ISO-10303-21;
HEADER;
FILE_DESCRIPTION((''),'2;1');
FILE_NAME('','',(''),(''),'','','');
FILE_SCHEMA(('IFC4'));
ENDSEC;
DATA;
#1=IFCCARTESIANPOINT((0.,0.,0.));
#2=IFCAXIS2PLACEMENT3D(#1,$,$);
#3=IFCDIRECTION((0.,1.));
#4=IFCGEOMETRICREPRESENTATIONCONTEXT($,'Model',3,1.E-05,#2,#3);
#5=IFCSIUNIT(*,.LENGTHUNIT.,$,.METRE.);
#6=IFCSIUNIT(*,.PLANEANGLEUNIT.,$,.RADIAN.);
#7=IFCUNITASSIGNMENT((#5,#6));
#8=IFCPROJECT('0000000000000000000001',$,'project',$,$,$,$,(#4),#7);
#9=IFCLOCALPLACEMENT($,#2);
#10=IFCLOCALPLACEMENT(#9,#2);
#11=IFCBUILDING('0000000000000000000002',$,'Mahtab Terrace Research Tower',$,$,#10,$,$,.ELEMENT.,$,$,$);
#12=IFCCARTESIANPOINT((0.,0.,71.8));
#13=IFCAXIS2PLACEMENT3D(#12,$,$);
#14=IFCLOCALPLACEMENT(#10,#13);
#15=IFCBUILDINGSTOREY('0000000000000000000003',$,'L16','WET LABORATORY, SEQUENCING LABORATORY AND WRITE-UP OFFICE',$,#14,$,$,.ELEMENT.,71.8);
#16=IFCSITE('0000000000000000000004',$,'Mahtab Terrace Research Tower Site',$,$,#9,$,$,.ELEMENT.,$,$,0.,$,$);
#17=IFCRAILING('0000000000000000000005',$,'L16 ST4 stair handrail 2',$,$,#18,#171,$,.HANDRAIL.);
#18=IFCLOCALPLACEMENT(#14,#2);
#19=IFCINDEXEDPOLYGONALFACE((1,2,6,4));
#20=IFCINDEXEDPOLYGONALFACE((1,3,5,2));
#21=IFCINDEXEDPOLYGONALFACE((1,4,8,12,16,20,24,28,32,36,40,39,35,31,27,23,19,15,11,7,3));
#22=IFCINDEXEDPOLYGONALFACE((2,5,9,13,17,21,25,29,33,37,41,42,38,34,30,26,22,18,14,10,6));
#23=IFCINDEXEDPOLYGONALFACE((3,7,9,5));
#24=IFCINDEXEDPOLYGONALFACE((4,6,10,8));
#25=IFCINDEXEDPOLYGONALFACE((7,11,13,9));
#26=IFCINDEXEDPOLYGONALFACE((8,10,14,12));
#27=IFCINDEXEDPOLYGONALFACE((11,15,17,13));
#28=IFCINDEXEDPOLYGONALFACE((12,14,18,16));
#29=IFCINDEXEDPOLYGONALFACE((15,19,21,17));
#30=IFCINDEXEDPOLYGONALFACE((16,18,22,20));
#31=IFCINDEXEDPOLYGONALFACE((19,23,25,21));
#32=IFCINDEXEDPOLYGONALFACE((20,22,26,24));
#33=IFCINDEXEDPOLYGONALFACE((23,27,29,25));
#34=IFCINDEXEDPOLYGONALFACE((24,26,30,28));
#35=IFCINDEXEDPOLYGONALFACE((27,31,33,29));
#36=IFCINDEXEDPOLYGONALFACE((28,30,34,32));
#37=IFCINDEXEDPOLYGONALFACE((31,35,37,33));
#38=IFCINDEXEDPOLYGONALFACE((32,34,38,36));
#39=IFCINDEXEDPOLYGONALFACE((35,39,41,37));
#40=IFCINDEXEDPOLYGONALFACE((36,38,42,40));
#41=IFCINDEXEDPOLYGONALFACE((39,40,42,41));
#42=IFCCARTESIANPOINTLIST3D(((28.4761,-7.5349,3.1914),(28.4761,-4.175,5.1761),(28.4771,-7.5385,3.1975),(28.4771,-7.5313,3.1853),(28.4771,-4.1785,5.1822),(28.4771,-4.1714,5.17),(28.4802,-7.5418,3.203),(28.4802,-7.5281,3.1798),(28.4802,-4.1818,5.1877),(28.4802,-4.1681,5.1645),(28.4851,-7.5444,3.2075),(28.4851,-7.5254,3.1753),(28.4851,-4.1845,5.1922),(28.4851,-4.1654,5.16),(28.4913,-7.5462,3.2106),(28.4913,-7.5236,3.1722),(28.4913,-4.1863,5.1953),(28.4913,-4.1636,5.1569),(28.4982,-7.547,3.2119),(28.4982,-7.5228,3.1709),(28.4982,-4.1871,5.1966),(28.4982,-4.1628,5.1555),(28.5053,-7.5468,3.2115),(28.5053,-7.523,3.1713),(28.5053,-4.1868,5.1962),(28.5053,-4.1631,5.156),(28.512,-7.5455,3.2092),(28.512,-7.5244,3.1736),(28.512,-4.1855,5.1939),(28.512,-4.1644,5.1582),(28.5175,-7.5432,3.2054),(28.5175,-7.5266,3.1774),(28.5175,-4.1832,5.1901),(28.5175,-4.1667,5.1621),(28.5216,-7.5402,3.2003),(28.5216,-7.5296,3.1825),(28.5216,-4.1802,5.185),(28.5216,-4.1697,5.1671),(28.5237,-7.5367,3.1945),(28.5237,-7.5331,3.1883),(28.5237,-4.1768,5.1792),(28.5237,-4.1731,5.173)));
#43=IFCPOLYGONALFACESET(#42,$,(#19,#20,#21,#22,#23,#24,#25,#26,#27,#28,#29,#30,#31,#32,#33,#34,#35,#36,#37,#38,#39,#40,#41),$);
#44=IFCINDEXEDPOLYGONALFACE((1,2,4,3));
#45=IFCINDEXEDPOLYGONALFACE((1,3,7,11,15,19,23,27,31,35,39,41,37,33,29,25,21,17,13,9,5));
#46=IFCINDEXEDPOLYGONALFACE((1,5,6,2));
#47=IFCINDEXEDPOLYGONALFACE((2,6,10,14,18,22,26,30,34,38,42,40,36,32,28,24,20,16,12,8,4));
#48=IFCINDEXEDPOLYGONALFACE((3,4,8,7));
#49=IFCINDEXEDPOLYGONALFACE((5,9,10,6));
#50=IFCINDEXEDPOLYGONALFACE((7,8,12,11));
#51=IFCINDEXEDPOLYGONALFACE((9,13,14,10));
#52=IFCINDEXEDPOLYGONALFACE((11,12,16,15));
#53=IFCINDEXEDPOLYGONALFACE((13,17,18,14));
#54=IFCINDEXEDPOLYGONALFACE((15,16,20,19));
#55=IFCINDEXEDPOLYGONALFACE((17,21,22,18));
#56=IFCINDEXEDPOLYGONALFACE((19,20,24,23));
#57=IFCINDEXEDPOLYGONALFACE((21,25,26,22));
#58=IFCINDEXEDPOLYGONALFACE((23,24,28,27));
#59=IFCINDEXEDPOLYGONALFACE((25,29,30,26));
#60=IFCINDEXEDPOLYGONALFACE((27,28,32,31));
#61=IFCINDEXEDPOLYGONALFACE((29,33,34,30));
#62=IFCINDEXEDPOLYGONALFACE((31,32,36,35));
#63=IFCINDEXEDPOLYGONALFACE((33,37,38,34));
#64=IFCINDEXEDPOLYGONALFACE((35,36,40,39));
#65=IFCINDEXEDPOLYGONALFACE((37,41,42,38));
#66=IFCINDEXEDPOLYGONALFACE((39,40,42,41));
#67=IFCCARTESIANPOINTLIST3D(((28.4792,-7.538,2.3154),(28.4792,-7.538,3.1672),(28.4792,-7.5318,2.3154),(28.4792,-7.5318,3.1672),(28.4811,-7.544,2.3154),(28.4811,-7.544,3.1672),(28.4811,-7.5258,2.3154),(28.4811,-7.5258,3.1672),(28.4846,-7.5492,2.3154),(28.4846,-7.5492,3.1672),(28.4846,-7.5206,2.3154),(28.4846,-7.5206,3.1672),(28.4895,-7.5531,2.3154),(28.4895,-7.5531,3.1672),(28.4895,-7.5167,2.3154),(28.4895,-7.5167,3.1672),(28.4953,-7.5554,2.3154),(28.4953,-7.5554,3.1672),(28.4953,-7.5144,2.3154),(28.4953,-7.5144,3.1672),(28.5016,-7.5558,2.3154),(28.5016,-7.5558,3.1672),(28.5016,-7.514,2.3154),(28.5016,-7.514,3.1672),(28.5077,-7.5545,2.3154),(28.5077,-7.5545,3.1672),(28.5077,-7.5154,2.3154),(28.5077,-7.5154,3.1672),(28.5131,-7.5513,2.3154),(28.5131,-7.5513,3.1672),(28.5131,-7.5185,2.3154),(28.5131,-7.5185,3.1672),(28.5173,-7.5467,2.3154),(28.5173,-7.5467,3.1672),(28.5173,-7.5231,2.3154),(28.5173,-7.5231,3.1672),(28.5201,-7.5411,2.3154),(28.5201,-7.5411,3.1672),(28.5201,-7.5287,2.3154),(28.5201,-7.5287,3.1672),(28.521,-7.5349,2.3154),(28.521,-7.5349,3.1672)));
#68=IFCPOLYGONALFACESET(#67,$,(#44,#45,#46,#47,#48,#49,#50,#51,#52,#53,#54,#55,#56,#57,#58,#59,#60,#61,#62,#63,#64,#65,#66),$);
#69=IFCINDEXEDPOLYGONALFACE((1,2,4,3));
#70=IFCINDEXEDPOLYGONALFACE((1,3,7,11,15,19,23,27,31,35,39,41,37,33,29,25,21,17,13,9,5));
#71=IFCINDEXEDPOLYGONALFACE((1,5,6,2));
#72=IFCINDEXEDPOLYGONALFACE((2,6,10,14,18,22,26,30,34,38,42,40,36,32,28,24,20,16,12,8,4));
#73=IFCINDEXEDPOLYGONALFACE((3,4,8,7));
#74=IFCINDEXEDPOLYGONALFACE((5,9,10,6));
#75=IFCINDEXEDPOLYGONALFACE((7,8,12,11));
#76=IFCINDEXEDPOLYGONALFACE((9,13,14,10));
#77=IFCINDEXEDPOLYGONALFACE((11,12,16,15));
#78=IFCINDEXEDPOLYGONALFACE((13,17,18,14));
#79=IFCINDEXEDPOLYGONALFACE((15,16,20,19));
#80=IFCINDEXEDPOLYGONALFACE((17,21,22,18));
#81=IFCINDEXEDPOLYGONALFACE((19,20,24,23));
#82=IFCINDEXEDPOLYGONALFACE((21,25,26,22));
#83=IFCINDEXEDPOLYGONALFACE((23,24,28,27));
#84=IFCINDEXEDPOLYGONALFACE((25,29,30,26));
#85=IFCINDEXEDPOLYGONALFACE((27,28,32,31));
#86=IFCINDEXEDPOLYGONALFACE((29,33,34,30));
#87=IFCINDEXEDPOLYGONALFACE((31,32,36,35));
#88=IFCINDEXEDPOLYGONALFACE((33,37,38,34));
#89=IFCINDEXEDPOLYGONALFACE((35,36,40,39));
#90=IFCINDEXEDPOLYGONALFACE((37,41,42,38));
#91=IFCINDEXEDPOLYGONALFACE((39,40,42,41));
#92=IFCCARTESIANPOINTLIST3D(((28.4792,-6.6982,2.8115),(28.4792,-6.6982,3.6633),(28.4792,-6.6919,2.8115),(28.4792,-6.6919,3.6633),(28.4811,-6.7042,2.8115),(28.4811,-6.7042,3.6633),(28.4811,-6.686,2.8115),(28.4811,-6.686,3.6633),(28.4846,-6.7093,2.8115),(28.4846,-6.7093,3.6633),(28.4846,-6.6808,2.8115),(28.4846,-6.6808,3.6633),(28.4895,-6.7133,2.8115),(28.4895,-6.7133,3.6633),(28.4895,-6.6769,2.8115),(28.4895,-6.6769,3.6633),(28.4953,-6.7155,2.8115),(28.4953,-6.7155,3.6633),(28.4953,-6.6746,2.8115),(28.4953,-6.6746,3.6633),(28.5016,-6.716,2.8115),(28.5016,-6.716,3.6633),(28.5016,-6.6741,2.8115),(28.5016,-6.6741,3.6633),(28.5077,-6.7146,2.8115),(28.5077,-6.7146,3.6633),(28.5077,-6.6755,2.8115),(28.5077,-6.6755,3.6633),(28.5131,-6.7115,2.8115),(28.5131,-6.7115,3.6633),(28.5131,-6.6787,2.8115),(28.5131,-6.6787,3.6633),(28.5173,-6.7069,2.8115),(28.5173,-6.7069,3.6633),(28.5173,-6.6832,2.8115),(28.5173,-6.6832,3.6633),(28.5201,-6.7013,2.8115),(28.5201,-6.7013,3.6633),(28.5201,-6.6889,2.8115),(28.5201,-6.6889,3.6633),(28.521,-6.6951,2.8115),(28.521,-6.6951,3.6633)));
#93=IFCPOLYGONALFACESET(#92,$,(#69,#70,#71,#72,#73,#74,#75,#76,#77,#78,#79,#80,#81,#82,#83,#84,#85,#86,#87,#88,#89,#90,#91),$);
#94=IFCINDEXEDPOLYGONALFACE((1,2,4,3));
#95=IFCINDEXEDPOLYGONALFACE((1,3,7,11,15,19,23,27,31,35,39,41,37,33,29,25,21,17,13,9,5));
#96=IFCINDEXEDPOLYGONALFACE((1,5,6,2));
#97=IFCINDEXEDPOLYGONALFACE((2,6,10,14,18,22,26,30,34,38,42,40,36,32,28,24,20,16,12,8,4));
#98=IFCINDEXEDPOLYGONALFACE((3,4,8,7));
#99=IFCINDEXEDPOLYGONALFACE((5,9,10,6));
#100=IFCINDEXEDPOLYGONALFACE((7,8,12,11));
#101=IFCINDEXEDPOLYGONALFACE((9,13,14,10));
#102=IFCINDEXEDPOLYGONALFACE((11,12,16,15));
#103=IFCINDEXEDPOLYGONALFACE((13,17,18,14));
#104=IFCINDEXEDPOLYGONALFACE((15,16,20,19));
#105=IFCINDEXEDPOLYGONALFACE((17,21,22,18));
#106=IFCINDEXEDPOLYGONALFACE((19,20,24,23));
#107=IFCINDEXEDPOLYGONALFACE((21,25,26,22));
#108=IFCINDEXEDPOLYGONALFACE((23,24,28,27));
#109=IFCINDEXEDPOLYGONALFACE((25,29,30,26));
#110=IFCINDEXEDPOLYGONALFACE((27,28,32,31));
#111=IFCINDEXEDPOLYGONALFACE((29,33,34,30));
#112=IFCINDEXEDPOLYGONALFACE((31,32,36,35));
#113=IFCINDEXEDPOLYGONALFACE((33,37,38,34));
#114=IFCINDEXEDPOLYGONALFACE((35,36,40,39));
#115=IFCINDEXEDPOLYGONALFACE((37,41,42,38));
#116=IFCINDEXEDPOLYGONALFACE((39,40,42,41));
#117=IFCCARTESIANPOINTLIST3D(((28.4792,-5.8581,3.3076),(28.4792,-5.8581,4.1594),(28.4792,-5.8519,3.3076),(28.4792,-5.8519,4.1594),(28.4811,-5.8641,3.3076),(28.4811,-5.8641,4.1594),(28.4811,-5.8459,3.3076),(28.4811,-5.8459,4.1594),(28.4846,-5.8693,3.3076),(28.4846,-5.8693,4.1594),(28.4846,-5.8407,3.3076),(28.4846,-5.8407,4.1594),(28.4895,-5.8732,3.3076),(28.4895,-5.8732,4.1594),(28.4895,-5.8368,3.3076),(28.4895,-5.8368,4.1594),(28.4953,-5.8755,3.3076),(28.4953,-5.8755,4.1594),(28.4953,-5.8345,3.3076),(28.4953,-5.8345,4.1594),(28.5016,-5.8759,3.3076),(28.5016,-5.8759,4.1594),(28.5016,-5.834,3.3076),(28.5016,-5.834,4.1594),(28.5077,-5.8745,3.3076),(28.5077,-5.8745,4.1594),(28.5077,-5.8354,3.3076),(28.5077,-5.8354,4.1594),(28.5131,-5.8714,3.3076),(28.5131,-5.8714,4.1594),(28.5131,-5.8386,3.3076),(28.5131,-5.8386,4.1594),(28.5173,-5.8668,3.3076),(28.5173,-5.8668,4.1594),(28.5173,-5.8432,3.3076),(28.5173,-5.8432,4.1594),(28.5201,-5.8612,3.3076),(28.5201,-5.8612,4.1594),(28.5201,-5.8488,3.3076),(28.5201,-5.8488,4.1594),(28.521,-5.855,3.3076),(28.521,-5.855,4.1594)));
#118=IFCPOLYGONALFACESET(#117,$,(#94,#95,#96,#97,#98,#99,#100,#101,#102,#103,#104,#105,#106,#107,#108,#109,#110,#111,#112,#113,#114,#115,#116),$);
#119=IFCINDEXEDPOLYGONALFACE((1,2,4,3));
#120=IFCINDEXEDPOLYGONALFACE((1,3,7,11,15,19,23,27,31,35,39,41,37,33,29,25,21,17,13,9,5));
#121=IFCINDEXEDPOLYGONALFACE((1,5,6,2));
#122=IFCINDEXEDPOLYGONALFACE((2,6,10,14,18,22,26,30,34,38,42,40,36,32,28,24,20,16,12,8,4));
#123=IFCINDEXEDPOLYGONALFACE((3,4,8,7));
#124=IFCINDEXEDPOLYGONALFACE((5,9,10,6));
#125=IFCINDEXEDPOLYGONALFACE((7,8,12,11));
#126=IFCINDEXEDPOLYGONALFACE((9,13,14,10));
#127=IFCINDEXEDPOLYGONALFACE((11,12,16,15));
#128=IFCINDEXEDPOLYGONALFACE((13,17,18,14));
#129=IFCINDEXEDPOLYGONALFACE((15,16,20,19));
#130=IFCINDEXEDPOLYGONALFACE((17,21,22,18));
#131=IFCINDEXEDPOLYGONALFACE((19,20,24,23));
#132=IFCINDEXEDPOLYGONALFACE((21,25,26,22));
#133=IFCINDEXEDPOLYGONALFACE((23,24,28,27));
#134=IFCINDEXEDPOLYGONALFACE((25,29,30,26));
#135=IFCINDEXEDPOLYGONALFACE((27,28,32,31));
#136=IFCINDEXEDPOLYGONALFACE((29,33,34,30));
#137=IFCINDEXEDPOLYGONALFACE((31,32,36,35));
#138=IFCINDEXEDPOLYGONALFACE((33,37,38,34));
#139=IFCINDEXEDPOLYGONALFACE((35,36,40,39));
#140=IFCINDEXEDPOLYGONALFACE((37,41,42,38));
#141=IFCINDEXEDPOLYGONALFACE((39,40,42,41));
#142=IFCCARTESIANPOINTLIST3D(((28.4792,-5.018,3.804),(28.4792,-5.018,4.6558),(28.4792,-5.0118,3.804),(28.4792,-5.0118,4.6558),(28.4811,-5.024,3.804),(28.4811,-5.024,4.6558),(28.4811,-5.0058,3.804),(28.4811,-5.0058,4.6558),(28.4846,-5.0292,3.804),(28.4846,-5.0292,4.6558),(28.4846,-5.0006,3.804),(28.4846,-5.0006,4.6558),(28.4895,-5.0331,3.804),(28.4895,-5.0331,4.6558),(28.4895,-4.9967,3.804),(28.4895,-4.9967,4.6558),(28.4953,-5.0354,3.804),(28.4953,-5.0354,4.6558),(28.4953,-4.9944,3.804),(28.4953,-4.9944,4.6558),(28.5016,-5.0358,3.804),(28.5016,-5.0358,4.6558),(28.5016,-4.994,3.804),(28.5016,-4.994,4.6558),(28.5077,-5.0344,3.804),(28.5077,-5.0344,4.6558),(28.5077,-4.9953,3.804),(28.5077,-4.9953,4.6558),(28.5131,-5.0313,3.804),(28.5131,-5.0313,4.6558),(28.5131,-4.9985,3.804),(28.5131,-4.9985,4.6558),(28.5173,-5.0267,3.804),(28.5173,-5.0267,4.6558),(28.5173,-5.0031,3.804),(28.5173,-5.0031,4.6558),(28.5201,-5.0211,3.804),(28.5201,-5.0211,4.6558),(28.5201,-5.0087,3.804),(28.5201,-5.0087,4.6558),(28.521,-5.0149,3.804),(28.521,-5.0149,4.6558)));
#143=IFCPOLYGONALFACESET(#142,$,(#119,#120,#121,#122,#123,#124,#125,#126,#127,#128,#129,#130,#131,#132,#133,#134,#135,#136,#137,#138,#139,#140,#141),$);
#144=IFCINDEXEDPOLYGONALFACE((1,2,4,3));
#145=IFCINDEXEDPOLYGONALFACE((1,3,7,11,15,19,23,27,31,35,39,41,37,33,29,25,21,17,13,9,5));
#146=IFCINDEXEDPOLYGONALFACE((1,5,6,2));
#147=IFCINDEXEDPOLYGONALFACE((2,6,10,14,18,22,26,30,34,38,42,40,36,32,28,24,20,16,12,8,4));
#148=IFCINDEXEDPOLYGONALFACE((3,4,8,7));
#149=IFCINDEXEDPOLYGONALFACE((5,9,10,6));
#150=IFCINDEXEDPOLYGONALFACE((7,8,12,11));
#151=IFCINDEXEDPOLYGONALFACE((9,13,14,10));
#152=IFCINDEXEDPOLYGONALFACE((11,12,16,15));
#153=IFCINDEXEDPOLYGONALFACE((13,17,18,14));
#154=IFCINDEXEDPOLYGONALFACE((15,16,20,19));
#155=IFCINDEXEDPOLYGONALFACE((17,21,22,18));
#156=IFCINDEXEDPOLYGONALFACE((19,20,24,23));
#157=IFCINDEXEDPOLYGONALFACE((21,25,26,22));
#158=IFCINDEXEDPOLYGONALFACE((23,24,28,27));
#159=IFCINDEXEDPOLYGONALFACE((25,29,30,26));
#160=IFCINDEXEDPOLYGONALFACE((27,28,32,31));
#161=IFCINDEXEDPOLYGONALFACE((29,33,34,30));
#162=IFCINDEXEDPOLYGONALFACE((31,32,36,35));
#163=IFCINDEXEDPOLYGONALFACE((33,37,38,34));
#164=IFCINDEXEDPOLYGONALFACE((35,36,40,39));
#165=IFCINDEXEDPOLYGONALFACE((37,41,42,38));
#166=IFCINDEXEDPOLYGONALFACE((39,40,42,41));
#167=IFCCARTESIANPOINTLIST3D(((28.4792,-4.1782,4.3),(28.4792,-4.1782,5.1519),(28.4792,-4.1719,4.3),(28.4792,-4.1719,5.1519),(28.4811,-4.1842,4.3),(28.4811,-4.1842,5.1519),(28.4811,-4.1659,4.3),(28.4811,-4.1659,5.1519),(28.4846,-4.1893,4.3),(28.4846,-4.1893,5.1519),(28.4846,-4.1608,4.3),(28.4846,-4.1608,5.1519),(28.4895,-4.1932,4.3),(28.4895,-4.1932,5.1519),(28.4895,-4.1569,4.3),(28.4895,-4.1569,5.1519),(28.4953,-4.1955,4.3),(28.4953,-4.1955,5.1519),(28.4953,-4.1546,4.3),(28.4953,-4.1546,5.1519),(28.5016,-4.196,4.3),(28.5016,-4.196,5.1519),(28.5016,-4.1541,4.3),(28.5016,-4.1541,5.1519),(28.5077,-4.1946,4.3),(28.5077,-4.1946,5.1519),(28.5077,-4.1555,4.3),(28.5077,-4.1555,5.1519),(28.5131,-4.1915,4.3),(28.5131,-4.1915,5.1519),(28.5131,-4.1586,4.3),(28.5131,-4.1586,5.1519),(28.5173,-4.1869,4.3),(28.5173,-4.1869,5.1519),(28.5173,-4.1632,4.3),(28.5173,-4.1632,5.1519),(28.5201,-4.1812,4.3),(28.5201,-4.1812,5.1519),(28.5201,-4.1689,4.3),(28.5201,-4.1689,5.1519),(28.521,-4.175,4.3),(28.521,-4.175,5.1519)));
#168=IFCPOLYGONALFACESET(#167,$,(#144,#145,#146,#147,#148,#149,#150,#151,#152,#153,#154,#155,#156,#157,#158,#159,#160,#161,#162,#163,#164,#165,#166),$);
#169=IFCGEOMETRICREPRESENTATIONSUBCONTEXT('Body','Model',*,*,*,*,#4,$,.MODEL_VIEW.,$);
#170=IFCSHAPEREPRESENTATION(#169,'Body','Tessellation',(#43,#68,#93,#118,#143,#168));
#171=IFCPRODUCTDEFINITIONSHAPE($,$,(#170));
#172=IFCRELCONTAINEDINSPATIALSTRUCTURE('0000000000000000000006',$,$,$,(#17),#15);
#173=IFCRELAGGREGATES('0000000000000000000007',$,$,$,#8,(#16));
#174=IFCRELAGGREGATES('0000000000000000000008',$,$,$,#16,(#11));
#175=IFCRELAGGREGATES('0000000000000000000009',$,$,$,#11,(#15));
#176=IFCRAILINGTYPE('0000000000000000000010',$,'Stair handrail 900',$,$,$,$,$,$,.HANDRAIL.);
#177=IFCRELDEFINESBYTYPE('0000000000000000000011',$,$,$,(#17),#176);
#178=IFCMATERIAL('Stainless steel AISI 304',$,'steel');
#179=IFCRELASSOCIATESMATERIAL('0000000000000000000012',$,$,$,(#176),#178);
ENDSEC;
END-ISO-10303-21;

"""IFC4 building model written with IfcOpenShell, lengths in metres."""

from ifc_helpers import new_model, si_unit, direction, frame, origin, origin_2d, place, context, subcontext, project, spatial, circle, extrude, material, type_object, element, save


model = new_model("IFC4")

# Units and contexts
model_context = context("Model", 3, precision=1e-05, world=origin(), true_north=direction((0.0, 1.0)))
body_context = subcontext(model_context, "Body", "Model", "MODEL_VIEW")
ifc_project = project(units=[si_unit("LENGTHUNIT", "METRE"), si_unit("PLANEANGLEUNIT", "RADIAN")], contexts=[model_context])

# Site, building, storey
site_placement = place(None, origin())
site = spatial("IfcSite", under=ifc_project, at=site_placement, Name="Mahtab Terrace Research Tower Site", CompositionType="ELEMENT", RefElevation=0.0)
building_placement = place(site_placement, origin())
building = spatial("IfcBuilding", under=site, at=building_placement, Name="Mahtab Terrace Research Tower", CompositionType="ELEMENT")
storey_placement = place(building_placement, frame((0.0, 0.0, 71.8)))
storey = spatial("IfcBuildingStorey", under=building, at=storey_placement, Name="L16", Description="WET LABORATORY, SEQUENCING LABORATORY AND WRITE-UP OFFICE", CompositionType="ELEMENT", Elevation=71.8)

# Railing
ifc_material_1 = material(Name="Stainless steel AISI 304", Category="steel")
railing_type_1 = type_object("IfcRailingType", Name="Stair handrail 900", PredefinedType="HANDRAIL", material=ifc_material_1)
railing_1_placement = place(storey_placement, frame((28.5, -7.5349, 2.3154)))
element("IfcRailing", 1, at=railing_1_placement, inside=storey, type_object=railing_type_1, Name="L16 ST4 stair handrail 2", PredefinedType="HANDRAIL", context=body_context, shape_type="SweptSolid", body=[
    extrude(circle(Radius=0.0239, at=origin_2d()), frame((0.0, 0.0, 0.876), z_axis=(0.0, 0.861011, 0.508586), x_axis=(-1.0, 0.0, 0.0)), (0.0, 0.0, 1.0), 3.9023),
    extrude(circle(Radius=0.021, at=origin_2d()), origin(), (0.0, 0.0, 1.0), 0.8518),
    extrude(circle(Radius=0.021, at=origin_2d()), frame((0.0, 0.8398, 0.4961)), (0.0, 0.0, 1.0), 0.8518),
    extrude(circle(Radius=0.021, at=origin_2d()), frame((0.0, 1.6799, 0.9922)), (0.0, 0.0, 1.0), 0.8518),
    extrude(circle(Radius=0.021, at=origin_2d()), frame((0.0, 2.52, 1.4885)), (0.0, 0.0, 1.0), 0.8518),
    extrude(circle(Radius=0.021, at=origin_2d()), frame((0.0, 3.3599, 1.9846)), (0.0, 0.0, 1.0), 0.8518),
])

save(model, "model.ifc")
